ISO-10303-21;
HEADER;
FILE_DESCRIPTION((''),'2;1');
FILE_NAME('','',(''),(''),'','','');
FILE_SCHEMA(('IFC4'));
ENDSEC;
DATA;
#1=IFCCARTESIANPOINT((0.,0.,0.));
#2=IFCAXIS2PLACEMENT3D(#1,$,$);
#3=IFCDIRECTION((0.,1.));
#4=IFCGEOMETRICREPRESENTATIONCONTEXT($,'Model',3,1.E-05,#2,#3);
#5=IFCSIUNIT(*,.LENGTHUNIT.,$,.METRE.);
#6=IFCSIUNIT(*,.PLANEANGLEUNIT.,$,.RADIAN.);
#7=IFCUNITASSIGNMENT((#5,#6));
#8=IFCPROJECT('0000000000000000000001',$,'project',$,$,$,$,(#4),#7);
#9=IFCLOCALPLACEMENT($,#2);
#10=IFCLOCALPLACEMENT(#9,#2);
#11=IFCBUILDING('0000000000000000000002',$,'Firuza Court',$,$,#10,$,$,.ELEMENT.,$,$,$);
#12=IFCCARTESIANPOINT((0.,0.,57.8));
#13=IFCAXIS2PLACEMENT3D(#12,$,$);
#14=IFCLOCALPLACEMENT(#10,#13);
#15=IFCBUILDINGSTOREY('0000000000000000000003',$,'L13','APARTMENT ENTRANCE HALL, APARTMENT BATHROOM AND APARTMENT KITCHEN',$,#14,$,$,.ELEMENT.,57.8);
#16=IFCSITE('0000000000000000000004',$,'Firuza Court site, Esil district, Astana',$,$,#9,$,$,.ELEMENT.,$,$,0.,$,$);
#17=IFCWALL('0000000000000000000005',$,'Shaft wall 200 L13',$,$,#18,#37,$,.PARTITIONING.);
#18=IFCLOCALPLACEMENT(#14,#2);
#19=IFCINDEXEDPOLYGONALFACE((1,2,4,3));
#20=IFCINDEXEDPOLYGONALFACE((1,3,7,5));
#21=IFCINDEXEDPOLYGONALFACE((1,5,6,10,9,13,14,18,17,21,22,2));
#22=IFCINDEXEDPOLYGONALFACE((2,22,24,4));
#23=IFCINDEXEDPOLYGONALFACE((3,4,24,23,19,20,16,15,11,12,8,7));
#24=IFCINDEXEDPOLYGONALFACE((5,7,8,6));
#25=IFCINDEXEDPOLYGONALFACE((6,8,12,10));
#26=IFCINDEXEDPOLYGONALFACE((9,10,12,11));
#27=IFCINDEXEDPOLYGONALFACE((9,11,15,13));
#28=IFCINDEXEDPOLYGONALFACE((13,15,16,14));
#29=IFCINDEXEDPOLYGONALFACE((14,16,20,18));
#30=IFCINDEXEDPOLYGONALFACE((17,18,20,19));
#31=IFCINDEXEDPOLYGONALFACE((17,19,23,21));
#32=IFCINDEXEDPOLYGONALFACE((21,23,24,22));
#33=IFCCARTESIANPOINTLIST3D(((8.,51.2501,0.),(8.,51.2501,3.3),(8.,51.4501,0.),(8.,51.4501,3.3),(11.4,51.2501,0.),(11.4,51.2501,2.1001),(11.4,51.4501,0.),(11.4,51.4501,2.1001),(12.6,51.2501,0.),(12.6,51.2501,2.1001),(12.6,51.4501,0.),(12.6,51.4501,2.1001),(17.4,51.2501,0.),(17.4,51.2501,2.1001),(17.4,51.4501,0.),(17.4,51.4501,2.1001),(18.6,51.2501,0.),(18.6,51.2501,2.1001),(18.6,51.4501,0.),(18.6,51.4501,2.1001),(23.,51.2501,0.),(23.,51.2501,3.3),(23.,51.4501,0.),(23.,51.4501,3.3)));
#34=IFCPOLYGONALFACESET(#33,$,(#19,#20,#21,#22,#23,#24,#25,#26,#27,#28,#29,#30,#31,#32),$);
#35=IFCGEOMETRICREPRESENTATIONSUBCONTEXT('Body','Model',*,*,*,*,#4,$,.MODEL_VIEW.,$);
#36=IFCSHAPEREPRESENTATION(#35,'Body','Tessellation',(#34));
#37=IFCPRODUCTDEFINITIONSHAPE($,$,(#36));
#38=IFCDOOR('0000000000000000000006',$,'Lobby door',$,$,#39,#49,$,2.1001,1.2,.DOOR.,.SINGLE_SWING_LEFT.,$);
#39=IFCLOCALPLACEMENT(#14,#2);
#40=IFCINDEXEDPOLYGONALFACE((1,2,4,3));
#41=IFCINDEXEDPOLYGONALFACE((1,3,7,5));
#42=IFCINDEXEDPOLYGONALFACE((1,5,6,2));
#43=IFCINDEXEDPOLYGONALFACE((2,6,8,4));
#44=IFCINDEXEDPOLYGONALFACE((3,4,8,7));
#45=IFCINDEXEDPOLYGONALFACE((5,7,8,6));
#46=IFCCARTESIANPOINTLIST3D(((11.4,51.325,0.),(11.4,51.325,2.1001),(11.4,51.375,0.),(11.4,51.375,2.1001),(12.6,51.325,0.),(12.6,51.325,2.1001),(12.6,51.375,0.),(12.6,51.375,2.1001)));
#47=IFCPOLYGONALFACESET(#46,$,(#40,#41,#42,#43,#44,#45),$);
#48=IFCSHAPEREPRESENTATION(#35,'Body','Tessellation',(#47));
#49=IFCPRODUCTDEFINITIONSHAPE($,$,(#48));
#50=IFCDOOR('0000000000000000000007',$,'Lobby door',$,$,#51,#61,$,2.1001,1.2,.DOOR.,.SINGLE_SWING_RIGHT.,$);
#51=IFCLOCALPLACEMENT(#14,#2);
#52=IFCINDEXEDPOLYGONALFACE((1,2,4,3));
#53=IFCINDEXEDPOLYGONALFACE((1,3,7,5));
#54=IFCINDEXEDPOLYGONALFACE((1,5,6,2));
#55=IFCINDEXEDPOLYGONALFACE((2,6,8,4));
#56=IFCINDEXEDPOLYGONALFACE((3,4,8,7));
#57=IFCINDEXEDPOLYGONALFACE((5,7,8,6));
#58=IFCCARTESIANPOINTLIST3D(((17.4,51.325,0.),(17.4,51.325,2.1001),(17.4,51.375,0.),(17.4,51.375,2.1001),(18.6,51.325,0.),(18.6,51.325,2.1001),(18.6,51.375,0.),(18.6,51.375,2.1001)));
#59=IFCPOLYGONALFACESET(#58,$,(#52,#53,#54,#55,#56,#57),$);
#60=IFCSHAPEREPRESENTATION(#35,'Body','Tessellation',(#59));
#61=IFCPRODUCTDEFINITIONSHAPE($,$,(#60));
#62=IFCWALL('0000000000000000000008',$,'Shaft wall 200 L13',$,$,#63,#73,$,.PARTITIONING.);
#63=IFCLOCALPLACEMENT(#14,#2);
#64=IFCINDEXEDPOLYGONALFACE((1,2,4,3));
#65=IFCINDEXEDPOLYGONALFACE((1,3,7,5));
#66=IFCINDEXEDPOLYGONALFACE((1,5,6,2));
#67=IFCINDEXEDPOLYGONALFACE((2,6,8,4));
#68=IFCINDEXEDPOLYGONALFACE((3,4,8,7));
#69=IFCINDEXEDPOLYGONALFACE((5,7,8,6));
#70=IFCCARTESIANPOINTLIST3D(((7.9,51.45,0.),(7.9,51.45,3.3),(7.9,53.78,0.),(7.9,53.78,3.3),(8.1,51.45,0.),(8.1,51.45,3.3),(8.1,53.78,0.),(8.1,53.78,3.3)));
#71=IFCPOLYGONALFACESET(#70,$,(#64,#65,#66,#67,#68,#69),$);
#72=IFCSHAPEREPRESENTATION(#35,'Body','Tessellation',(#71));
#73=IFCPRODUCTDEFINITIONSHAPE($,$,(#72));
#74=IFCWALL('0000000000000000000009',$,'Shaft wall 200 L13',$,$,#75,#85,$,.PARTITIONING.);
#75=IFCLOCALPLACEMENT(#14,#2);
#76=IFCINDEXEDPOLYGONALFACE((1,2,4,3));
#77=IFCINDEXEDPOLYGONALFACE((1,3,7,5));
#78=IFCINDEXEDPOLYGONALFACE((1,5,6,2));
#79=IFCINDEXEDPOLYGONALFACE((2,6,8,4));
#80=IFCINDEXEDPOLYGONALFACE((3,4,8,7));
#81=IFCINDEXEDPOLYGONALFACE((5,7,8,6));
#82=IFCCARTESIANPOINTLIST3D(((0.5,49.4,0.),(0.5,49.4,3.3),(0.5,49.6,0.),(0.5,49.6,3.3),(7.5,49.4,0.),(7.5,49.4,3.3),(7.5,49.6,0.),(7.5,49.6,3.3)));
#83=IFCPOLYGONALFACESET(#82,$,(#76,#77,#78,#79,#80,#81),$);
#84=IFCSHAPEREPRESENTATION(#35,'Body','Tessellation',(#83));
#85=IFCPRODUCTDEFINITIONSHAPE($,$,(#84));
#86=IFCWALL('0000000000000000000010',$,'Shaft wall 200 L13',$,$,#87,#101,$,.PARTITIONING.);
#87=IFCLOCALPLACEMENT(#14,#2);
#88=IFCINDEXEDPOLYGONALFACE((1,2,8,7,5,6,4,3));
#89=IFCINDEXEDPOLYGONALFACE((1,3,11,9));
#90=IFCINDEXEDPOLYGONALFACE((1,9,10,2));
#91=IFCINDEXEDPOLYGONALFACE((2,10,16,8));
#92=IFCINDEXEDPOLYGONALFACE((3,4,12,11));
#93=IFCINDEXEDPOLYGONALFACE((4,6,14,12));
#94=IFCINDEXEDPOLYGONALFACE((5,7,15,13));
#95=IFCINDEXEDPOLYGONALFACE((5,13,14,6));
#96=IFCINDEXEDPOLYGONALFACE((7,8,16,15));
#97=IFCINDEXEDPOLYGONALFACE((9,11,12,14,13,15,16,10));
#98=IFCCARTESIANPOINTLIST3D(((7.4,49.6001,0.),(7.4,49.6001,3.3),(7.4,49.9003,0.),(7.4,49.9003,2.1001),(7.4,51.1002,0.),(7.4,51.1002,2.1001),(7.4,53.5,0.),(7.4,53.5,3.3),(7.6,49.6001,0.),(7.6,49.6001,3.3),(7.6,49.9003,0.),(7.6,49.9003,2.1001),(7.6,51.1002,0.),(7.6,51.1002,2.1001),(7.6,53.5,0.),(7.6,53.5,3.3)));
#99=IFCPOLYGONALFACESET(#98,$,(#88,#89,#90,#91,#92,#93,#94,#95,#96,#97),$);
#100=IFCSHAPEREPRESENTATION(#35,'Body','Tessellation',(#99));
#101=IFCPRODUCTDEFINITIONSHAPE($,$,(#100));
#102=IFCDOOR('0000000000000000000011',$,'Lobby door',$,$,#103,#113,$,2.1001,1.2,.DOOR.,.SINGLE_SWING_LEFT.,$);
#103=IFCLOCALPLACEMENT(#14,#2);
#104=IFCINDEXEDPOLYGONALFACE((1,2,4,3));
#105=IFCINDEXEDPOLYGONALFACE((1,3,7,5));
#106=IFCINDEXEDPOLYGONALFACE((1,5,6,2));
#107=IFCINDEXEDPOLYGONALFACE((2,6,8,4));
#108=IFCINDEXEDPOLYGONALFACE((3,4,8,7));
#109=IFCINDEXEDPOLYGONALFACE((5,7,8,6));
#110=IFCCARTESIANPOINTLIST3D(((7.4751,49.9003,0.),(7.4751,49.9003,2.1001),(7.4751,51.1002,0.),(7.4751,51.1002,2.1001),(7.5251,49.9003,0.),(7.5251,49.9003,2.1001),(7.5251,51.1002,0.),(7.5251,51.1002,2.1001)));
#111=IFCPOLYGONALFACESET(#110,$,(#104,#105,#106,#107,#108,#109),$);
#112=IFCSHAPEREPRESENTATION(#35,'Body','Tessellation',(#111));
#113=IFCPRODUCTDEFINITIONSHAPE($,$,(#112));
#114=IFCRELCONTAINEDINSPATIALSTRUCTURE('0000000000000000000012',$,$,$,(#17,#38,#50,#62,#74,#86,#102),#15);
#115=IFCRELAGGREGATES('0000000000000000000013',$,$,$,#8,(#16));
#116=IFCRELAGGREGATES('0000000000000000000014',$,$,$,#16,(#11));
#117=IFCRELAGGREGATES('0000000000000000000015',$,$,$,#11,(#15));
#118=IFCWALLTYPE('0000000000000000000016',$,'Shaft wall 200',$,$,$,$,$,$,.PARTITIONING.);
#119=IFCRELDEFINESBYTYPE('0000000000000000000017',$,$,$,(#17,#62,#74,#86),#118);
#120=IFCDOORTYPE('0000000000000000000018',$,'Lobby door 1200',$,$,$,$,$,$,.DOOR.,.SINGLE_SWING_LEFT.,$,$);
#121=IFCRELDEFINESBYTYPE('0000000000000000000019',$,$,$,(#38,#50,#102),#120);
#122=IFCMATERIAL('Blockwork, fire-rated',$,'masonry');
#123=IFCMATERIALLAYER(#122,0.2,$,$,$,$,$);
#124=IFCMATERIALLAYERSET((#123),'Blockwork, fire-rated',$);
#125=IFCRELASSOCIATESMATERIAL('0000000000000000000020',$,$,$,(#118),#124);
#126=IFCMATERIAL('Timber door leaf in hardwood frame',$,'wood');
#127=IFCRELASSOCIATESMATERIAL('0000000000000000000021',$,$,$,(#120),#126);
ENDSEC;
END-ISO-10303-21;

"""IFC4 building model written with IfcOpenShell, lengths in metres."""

from ifc_helpers import new_model, si_unit, direction, frame, frame_2d, origin, place, context, subcontext, project, spatial, rectangle, extrude, material, layer, layer_set, type_object, element, fill, save


model = new_model("IFC4")

# Units and contexts
model_context = context("Model", 3, precision=1e-05, world=origin(), true_north=direction((0.0, 1.0)))
body_context = subcontext(model_context, "Body", "Model", "MODEL_VIEW")
ifc_project = project(units=[si_unit("LENGTHUNIT", "METRE"), si_unit("PLANEANGLEUNIT", "RADIAN")], contexts=[model_context])

# Site, building, storey
site_placement = place(None, origin())
site = spatial("IfcSite", under=ifc_project, at=site_placement, Name="Firuza Court site, Esil district, Astana", CompositionType="ELEMENT", RefElevation=0.0)
building_placement = place(site_placement, origin())
building = spatial("IfcBuilding", under=site, at=building_placement, Name="Firuza Court", CompositionType="ELEMENT")
storey_placement = place(building_placement, frame((0.0, 0.0, 57.8)))
storey = spatial("IfcBuildingStorey", under=building, at=storey_placement, Name="L13", Description="APARTMENT ENTRANCE HALL, APARTMENT BATHROOM AND APARTMENT KITCHEN", CompositionType="ELEMENT", Elevation=57.8)

# Wall, openings, doors
ifc_material_1 = material(Name="Blockwork, fire-rated", Category="masonry")
ifc_layer_1 = layer(ifc_material_1, 0.2)
ifc_layer_set_1 = layer_set([ifc_layer_1], Name="Blockwork, fire-rated")
wall_type_1 = type_object("IfcWallType", Name="Shaft wall 200", PredefinedType="PARTITIONING", material=ifc_layer_set_1)
wall_1_placement = place(storey_placement, frame((8.0, 51.3501, 0.0), z_axis=(0.0, 0.0, 1.0), x_axis=(1.0, 0.0, 0.0)))
wall_1 = element("IfcWall", 1, at=wall_1_placement, inside=storey, type_object=wall_type_1, Name="Shaft wall 200 L13", PredefinedType="PARTITIONING", context=body_context, shape_type="SweptSolid", body=[
    extrude(rectangle(XDim=15.0, YDim=0.2, at=frame_2d((7.5, 0.0))), origin(), (0.0, 0.0, 1.0), 3.3),
])
opening_1_placement = place(wall_1_placement, frame((3.3999, 0.0, 0.0)))
opening_1 = element("IfcOpeningElement", 2, at=opening_1_placement, cuts=wall_1, PredefinedType="OPENING", context=body_context, shape_type="SweptSolid", body=[
    extrude(rectangle(XDim=1.2, YDim=2.1001, at=frame_2d((0.6001, 1.05))), frame((0.0, 0.1118, 0.0), z_axis=(0.0, -1.0, 0.0), x_axis=(1.0, 0.0, 0.0)), (0.0, 0.0, 1.0), 0.2239),
])
opening_2_placement = place(wall_1_placement, frame((9.3999, 0.0, 0.0)))
opening_2 = element("IfcOpeningElement", 3, at=opening_2_placement, cuts=wall_1, PredefinedType="OPENING", context=body_context, shape_type="SweptSolid", body=[
    extrude(rectangle(XDim=1.2, YDim=2.1001, at=frame_2d((0.6001, 1.05))), frame((0.0, 0.1118, 0.0), z_axis=(0.0, -1.0, 0.0), x_axis=(1.0, 0.0, 0.0)), (0.0, 0.0, 1.0), 0.2239),
])
ifc_material_2 = material(Name="Timber door leaf in hardwood frame", Category="wood")
door_type_1 = type_object("IfcDoorType", Name="Lobby door 1200", OperationType="SINGLE_SWING_LEFT", PredefinedType="DOOR", material=ifc_material_2)
door_1_placement = place(opening_1_placement, origin())
door_1 = element("IfcDoor", 4, at=door_1_placement, inside=storey, type_object=door_type_1, Name="Lobby door", OperationType="SINGLE_SWING_LEFT", OverallHeight=2.1001, OverallWidth=1.2, PredefinedType="DOOR", context=body_context, shape_type="SweptSolid", body=[
    extrude(rectangle(XDim=1.2, YDim=2.1001, at=frame_2d((0.6001, 1.05))), frame((0.0, 0.0249, 0.0), z_axis=(0.0, -1.0, 0.0), x_axis=(1.0, 0.0, 0.0)), (0.0, 0.0, 1.0), 0.05),
])
fill(opening_1, door_1)
door_2_placement = place(opening_2_placement, origin())
door_2 = element("IfcDoor", 5, at=door_2_placement, inside=storey, type_object=door_type_1, Name="Lobby door", OperationType="SINGLE_SWING_RIGHT", OverallHeight=2.1001, OverallWidth=1.2, PredefinedType="DOOR", context=body_context, shape_type="SweptSolid", body=[
    extrude(rectangle(XDim=1.2, YDim=2.1001, at=frame_2d((0.6001, 1.05))), frame((0.0, 0.0249, 0.0), z_axis=(0.0, -1.0, 0.0), x_axis=(1.0, 0.0, 0.0)), (0.0, 0.0, 1.0), 0.05),
])
fill(opening_2, door_2)

# Walls
wall_2_placement = place(storey_placement, frame((8.0, 51.45, 0.0), z_axis=(0.0, 0.0, 1.0), x_axis=(0.0, 1.0, 0.0)))
element("IfcWall", 6, at=wall_2_placement, inside=storey, type_object=wall_type_1, Name="Shaft wall 200 L13", PredefinedType="PARTITIONING", context=body_context, shape_type="SweptSolid", body=[
    extrude(rectangle(XDim=2.3301, YDim=0.2, at=frame_2d((1.165, 0.0))), origin(), (0.0, 0.0, 1.0), 3.3),
])
wall_3_placement = place(storey_placement, frame((0.5, 49.5, 0.0), z_axis=(0.0, 0.0, 1.0), x_axis=(1.0, 0.0, 0.0)))
element("IfcWall", 7, at=wall_3_placement, inside=storey, type_object=wall_type_1, Name="Shaft wall 200 L13", PredefinedType="PARTITIONING", context=body_context, shape_type="SweptSolid", body=[
    extrude(rectangle(XDim=7.0, YDim=0.2, at=frame_2d((3.5, 0.0))), origin(), (0.0, 0.0, 1.0), 3.3),
])

# Wall, opening, door
wall_4_placement = place(storey_placement, frame((7.5, 49.6001, 0.0), z_axis=(0.0, 0.0, 1.0), x_axis=(0.0, 1.0, 0.0)))
wall_4 = element("IfcWall", 8, at=wall_4_placement, inside=storey, type_object=wall_type_1, Name="Shaft wall 200 L13", PredefinedType="PARTITIONING", context=body_context, shape_type="SweptSolid", body=[
    extrude(rectangle(XDim=3.8999, YDim=0.2, at=frame_2d((1.95, 0.0))), origin(), (0.0, 0.0, 1.0), 3.3),
])
opening_3_placement = place(wall_4_placement, frame((0.3, 0.0, 0.0)))
opening_3 = element("IfcOpeningElement", 9, at=opening_3_placement, cuts=wall_4, PredefinedType="OPENING", context=body_context, shape_type="SweptSolid", body=[
    extrude(rectangle(XDim=1.2, YDim=2.1001, at=frame_2d((0.6001, 1.05))), frame((0.0, 0.1118, 0.0), z_axis=(0.0, -1.0, 0.0), x_axis=(1.0, 0.0, 0.0)), (0.0, 0.0, 1.0), 0.2239),
])
door_3_placement = place(opening_3_placement, origin())
door_3 = element("IfcDoor", 10, at=door_3_placement, inside=storey, type_object=door_type_1, Name="Lobby door", OperationType="SINGLE_SWING_LEFT", OverallHeight=2.1001, OverallWidth=1.2, PredefinedType="DOOR", context=body_context, shape_type="SweptSolid", body=[
    extrude(rectangle(XDim=1.2, YDim=2.1001, at=frame_2d((0.6001, 1.05))), frame((0.0, 0.0249, 0.0), z_axis=(0.0, -1.0, 0.0), x_axis=(1.0, 0.0, 0.0)), (0.0, 0.0, 1.0), 0.05),
])
fill(opening_3, door_3)

save(model, "model.ifc")
